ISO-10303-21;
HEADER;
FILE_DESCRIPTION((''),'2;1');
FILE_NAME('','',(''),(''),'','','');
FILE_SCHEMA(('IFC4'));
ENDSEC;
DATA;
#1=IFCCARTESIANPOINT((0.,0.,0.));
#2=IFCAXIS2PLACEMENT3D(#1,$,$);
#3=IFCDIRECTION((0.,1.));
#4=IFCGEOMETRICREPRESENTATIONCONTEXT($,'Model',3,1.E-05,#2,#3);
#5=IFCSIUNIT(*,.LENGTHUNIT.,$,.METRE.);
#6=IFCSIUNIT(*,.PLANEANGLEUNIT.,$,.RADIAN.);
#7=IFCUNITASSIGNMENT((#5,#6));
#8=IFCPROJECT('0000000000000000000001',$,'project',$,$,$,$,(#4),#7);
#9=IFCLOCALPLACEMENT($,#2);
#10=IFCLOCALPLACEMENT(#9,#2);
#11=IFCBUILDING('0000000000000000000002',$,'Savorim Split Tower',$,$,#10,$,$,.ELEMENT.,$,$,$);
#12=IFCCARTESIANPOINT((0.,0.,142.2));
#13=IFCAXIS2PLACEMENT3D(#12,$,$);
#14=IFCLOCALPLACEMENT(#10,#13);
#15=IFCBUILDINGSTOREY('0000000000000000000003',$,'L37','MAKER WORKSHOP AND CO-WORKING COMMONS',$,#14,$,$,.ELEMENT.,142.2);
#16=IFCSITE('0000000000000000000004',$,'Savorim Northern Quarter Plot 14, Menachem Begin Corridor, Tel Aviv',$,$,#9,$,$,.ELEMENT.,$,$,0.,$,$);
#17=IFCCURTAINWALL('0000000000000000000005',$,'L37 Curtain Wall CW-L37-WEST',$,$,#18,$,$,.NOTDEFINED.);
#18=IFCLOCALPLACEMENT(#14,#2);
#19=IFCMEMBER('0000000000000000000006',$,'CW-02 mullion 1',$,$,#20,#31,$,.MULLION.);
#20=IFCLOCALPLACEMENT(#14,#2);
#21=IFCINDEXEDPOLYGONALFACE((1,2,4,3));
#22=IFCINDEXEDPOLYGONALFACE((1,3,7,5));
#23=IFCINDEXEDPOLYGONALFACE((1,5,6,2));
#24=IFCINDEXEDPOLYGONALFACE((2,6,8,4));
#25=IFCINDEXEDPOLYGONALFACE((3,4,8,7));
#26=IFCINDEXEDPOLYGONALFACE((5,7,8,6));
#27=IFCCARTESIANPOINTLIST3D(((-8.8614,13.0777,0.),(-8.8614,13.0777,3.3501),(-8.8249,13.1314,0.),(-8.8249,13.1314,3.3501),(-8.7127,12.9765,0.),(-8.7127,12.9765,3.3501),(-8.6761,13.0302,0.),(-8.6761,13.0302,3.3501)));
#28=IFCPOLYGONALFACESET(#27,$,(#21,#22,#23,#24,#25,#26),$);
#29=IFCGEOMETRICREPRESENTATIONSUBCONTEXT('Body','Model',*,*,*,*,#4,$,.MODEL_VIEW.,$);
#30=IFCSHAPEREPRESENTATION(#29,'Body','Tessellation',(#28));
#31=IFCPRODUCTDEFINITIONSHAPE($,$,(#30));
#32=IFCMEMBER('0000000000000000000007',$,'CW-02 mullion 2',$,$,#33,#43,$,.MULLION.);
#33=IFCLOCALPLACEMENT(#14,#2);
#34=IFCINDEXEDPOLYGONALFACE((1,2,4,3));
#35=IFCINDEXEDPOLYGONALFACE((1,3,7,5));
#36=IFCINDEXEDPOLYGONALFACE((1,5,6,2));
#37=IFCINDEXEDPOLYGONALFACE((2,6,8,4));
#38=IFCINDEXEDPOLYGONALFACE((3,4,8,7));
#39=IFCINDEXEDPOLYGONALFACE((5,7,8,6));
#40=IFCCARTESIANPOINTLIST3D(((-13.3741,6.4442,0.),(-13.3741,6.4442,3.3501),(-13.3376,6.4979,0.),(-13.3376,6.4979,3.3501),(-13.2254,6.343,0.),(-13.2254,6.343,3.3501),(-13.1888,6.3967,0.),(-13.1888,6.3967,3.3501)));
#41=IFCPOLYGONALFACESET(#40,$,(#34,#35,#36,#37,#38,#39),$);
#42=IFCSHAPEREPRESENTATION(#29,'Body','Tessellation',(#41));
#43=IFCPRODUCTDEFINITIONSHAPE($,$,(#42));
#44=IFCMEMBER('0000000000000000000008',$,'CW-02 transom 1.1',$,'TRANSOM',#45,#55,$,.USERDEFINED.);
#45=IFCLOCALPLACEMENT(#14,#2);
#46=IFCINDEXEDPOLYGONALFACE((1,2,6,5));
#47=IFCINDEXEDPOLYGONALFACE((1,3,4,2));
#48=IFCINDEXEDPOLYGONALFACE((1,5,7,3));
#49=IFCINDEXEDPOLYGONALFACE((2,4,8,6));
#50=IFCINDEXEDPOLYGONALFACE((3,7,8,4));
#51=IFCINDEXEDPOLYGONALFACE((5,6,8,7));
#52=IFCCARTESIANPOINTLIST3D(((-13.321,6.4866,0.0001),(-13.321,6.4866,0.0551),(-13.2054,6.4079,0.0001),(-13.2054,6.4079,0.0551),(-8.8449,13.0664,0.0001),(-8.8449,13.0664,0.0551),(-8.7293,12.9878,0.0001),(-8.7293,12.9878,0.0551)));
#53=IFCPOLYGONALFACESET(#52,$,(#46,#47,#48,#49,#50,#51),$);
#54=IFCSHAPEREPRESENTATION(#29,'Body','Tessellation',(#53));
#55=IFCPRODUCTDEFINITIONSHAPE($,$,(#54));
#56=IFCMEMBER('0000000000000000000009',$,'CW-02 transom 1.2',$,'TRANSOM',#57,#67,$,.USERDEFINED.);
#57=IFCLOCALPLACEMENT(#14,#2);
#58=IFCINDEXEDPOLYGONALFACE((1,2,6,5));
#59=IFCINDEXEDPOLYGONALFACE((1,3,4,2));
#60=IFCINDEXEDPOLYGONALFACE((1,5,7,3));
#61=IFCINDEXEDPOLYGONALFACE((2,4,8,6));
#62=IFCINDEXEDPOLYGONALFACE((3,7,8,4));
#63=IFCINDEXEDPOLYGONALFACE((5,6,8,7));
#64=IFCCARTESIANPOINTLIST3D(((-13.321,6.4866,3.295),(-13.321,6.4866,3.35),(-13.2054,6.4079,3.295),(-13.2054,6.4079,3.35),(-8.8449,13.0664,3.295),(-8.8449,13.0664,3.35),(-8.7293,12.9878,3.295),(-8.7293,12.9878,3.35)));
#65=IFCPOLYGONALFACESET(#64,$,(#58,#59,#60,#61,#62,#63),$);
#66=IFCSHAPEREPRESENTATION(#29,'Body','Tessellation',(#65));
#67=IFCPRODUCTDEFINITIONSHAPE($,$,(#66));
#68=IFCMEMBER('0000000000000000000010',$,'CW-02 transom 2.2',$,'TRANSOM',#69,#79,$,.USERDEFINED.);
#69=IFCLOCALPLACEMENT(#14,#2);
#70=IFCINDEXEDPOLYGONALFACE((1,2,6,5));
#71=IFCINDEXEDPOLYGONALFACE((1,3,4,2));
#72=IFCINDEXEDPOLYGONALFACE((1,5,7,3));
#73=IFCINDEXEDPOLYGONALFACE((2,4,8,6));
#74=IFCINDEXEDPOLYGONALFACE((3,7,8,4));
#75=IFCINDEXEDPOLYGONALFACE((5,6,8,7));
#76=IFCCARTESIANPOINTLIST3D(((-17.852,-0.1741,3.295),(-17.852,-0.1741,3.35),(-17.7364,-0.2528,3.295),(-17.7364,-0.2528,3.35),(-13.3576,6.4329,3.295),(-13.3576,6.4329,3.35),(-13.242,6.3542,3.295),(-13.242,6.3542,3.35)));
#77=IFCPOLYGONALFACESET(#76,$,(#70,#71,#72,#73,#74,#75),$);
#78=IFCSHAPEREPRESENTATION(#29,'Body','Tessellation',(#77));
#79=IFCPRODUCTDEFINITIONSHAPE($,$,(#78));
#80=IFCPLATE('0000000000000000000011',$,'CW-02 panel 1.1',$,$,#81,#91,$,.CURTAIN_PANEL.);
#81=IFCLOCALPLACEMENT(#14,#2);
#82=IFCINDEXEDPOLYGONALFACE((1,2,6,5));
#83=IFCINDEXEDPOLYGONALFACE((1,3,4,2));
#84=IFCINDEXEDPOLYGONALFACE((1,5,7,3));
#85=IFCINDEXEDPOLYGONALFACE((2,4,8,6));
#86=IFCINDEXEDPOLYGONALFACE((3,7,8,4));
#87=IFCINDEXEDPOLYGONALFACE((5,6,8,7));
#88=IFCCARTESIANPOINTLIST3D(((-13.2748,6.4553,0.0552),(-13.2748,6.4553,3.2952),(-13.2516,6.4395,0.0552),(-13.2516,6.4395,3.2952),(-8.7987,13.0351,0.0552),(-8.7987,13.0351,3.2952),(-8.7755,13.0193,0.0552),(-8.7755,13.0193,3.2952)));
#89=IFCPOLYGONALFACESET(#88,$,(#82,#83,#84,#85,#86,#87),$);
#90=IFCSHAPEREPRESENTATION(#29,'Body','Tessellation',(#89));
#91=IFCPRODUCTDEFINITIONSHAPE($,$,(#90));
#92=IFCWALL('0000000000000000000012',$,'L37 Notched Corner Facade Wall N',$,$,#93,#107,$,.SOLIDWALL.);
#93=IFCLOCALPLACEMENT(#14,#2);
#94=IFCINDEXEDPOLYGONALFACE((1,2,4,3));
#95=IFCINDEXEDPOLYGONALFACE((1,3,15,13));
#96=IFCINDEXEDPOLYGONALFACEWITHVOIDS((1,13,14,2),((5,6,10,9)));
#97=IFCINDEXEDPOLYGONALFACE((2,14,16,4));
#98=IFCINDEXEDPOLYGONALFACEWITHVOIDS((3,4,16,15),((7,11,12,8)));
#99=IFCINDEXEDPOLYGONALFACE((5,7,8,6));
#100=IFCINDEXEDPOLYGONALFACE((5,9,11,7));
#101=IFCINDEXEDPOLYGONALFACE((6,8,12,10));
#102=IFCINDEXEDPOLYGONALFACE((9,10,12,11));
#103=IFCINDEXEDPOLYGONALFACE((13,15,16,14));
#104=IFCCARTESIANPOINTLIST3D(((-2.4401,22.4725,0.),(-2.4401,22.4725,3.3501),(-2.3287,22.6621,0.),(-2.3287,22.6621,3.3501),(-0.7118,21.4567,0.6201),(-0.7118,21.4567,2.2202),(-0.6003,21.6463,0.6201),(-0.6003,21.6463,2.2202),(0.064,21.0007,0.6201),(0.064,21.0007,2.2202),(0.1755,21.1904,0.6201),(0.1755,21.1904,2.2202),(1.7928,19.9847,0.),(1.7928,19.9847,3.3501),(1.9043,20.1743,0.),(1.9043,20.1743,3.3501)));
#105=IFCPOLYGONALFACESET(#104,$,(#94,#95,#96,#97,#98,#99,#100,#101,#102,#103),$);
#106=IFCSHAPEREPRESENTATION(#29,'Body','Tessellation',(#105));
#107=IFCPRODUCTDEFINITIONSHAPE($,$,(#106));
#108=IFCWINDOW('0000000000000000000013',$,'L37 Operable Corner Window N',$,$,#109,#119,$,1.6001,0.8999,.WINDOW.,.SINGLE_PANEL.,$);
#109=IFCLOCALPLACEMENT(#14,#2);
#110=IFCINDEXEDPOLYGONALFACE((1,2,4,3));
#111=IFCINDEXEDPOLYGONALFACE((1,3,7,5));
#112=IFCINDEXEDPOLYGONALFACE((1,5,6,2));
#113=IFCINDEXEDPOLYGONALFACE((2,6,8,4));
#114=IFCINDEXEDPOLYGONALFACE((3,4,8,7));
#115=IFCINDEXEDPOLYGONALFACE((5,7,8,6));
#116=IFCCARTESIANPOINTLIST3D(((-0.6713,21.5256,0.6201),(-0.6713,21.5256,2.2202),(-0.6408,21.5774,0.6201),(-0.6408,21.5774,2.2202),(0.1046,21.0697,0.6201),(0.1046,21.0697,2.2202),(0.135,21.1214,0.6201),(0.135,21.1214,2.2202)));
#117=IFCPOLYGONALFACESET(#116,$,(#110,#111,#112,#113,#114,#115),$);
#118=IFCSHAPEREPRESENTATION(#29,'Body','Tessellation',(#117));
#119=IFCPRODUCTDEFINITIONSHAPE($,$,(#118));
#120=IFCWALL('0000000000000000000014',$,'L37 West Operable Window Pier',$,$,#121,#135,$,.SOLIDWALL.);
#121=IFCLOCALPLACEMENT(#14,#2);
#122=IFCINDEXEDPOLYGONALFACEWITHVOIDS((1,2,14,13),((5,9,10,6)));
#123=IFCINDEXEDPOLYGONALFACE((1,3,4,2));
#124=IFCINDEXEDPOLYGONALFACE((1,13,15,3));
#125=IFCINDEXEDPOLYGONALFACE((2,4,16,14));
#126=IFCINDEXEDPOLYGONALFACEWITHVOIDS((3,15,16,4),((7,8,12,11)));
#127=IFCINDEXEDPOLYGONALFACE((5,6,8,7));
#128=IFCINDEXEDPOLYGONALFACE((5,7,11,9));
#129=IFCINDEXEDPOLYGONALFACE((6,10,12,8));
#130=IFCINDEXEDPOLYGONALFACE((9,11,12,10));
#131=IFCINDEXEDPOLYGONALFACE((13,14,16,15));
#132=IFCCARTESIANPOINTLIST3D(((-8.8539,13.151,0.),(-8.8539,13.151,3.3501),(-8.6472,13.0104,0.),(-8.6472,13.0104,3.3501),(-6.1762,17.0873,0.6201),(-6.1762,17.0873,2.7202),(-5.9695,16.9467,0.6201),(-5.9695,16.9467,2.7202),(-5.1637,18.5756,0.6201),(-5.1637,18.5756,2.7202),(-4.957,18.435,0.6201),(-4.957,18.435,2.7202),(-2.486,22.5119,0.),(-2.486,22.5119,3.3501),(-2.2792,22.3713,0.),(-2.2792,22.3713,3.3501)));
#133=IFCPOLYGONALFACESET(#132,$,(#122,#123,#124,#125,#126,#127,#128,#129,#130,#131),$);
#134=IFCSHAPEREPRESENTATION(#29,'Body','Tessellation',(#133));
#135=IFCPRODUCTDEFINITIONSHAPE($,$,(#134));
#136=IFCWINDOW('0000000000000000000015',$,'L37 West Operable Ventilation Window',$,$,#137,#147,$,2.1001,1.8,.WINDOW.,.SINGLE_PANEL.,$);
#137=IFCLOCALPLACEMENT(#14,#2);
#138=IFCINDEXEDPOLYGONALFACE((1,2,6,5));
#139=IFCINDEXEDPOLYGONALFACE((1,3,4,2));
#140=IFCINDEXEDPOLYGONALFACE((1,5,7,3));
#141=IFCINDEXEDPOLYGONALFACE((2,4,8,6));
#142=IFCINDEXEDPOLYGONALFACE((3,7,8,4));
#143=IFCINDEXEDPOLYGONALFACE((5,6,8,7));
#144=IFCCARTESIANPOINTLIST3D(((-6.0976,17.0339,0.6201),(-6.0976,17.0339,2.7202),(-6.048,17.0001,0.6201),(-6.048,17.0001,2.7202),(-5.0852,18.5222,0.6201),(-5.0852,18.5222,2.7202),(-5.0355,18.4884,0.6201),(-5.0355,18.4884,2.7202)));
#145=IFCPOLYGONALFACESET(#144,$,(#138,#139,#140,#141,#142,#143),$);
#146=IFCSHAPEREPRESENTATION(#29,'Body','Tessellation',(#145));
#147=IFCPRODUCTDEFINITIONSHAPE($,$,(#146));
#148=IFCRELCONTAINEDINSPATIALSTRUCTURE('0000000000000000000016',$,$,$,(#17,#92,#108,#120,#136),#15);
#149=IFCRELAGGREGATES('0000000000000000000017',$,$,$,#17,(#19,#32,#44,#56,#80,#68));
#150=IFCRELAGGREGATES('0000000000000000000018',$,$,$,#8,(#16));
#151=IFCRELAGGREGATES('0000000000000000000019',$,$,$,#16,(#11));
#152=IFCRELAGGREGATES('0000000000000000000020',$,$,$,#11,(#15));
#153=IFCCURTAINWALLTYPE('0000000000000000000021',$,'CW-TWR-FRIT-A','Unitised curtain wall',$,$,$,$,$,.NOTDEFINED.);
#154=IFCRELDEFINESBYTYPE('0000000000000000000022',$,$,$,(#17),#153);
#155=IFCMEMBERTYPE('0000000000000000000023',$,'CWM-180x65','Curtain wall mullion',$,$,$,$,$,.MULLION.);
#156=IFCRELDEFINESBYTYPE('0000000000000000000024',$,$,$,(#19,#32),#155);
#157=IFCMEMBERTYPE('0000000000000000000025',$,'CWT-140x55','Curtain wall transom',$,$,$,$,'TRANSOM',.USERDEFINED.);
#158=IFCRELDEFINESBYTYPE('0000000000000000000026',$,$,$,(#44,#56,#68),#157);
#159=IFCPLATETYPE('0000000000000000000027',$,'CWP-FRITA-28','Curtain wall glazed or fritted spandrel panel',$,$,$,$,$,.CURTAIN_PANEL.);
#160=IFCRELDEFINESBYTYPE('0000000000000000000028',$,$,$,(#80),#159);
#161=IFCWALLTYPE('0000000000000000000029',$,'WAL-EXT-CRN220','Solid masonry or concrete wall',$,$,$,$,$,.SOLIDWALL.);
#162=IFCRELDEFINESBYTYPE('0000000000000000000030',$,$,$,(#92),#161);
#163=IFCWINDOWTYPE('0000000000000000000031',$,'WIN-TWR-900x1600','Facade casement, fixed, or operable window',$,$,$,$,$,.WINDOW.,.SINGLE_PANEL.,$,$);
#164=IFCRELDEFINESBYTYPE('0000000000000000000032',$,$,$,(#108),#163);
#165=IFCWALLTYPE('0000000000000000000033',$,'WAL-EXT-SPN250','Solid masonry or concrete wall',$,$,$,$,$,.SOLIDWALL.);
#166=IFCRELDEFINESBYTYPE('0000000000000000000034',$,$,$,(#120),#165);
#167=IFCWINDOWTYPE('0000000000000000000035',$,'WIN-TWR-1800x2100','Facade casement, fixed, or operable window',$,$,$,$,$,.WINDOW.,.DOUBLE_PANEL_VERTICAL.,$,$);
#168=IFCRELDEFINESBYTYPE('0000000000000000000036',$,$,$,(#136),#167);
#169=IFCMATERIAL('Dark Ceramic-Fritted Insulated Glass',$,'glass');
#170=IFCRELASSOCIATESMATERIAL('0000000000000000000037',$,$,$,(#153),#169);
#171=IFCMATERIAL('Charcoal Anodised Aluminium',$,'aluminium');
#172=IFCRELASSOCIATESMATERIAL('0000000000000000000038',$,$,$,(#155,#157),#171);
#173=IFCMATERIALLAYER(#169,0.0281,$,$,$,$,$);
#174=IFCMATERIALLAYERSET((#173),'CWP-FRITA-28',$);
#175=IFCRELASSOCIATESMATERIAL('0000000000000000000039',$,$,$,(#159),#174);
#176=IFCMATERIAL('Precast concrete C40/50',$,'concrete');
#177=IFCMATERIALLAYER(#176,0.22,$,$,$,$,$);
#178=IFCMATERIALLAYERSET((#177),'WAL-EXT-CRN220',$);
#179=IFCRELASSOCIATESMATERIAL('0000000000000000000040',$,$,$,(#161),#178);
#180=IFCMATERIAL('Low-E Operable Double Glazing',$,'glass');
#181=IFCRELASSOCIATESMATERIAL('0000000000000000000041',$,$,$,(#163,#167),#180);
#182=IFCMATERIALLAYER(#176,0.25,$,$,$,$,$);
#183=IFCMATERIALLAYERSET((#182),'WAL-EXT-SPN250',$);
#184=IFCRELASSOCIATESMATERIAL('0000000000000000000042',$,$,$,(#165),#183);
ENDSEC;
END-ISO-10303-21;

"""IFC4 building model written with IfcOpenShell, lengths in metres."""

from ifc_helpers import new_model, si_unit, direction, frame, frame_2d, origin, origin_2d, place, context, subcontext, project, spatial, rectangle, extrude, material, layer, layer_set, material_profile, profile_set, type_object, element, fill, aggregate, save


model = new_model("IFC4")

# Units and contexts
model_context = context("Model", 3, precision=1e-05, world=origin(), true_north=direction((0.0, 1.0)))
body_context = subcontext(model_context, "Body", "Model", "MODEL_VIEW")
ifc_project = project(units=[si_unit("LENGTHUNIT", "METRE"), si_unit("PLANEANGLEUNIT", "RADIAN")], contexts=[model_context])

# Site, building, storey
site_placement = place(None, origin())
site = spatial("IfcSite", under=ifc_project, at=site_placement, Name="Savorim Northern Quarter Plot 14, Menachem Begin Corridor, Tel Aviv", CompositionType="ELEMENT", RefElevation=0.0)
building_placement = place(site_placement, origin())
building = spatial("IfcBuilding", under=site, at=building_placement, Name="Savorim Split Tower", CompositionType="ELEMENT")
storey_placement = place(building_placement, frame((0.0, 0.0, 142.2)))
storey = spatial("IfcBuildingStorey", under=building, at=storey_placement, Name="L37", Description="MAKER WORKSHOP AND CO-WORKING COMMONS", CompositionType="ELEMENT", Elevation=142.2)

# Curtain wall, members, plate
ifc_material_1 = material(Name="Dark Ceramic-Fritted Insulated Glass", Category="glass")
curtain_wall_type = type_object("IfcCurtainWallType", Name="CW-TWR-FRIT-A", Description="Unitised curtain wall", PredefinedType="NOTDEFINED", material=ifc_material_1)
curtain_wall_placement = place(storey_placement, origin())
curtain_wall = element("IfcCurtainWall", 1, at=curtain_wall_placement, inside=storey, type_object=curtain_wall_type, Name="L37 Curtain Wall CW-L37-WEST", PredefinedType="NOTDEFINED")
ifc_material_2 = material(Name="Charcoal Anodised Aluminium", Category="aluminium")
ifc_material_profile_1 = material_profile(ifc_material_2, rectangle(XDim=0.1799, YDim=0.0649, at=origin_2d()), Name="ALU-M 180x65")
ifc_profile_set_1 = profile_set([ifc_material_profile_1], Name="Charcoal Anodised Aluminium")
member_type_1 = type_object("IfcMemberType", Name="CWM-180x65", Description="Curtain wall mullion", PredefinedType="MULLION", material=ifc_profile_set_1)
member_1_placement = place(storey_placement, frame((-8.7688, 13.054, 0.0), z_axis=(0.0, 0.0, 1.0), x_axis=(0.82682, -0.562466, 0.0)))
member_1 = element("IfcMember", 2, at=member_1_placement, type_object=member_type_1, Name="CW-02 mullion 1", PredefinedType="MULLION", context=body_context, shape_type="SweptSolid", body=[
    extrude(rectangle(XDim=0.1799, YDim=0.0649, at=origin_2d()), origin(), (0.0, 0.0, 1.0), 3.3501),
])
member_2_placement = place(storey_placement, frame((-13.2815, 6.4204, 0.0), z_axis=(0.0, 0.0, 1.0), x_axis=(0.82682, -0.562466, 0.0)))
member_2 = element("IfcMember", 3, at=member_2_placement, type_object=member_type_1, Name="CW-02 mullion 2", PredefinedType="MULLION", context=body_context, shape_type="SweptSolid", body=[
    extrude(rectangle(XDim=0.1799, YDim=0.0649, at=origin_2d()), origin(), (0.0, 0.0, 1.0), 3.3501),
])
ifc_material_profile_2 = material_profile(ifc_material_2, rectangle(XDim=0.1399, YDim=0.0549, at=origin_2d()), Name="ALU-T 140x55")
ifc_profile_set_2 = profile_set([ifc_material_profile_2], Name="Charcoal Anodised Aluminium")
member_type_2 = type_object("IfcMemberType", Name="CWT-140x55", Description="Curtain wall transom", ElementType="TRANSOM", PredefinedType="USERDEFINED", material=ifc_profile_set_2)
member_3_placement = place(storey_placement, frame((-8.7871, 13.0271, 0.0276), z_axis=(-0.562464, -0.826822, 0.0), x_axis=(0.826822, -0.562464, 0.0)))
member_3 = element("IfcMember", 4, at=member_3_placement, type_object=member_type_2, Name="CW-02 transom 1.1", ObjectType="TRANSOM", PredefinedType="USERDEFINED", context=body_context, shape_type="SweptSolid", body=[
    extrude(rectangle(XDim=0.1399, YDim=0.0549, at=origin_2d()), origin(), (0.0, 0.0, 1.0), 7.958),
])
member_4_placement = place(storey_placement, frame((-8.7871, 13.0271, 3.3225), z_axis=(-0.562464, -0.826822, 0.0), x_axis=(0.826822, -0.562464, 0.0)))
member_4 = element("IfcMember", 5, at=member_4_placement, type_object=member_type_2, Name="CW-02 transom 1.2", ObjectType="TRANSOM", PredefinedType="USERDEFINED", context=body_context, shape_type="SweptSolid", body=[
    extrude(rectangle(XDim=0.1399, YDim=0.0549, at=origin_2d()), origin(), (0.0, 0.0, 1.0), 7.958),
])
member_5_placement = place(storey_placement, frame((-13.2998, 6.3936, 3.3225), z_axis=(-0.562453, -0.826829, 0.0), x_axis=(0.826829, -0.562453, 0.0)))
member_5 = element("IfcMember", 6, at=member_5_placement, type_object=member_type_2, Name="CW-02 transom 2.2", ObjectType="TRANSOM", PredefinedType="USERDEFINED", context=body_context, shape_type="SweptSolid", body=[
    extrude(rectangle(XDim=0.1399, YDim=0.0549, at=origin_2d()), origin(), (0.0, 0.0, 1.0), 7.9907),
])
ifc_layer_1 = layer(ifc_material_1, 0.0281)
ifc_layer_set_1 = layer_set([ifc_layer_1], Name="CWP-FRITA-28")
plate_type = type_object("IfcPlateType", Name="CWP-FRITA-28", Description="Curtain wall glazed or fritted spandrel panel", PredefinedType="CURTAIN_PANEL", material=ifc_layer_set_1)
plate_placement = place(storey_placement, frame((-11.0251, 9.7373, 0.0552), z_axis=(0.0, 0.0, 1.0), x_axis=(-0.562466, -0.82682, 0.0)))
plate = element("IfcPlate", 7, at=plate_placement, type_object=plate_type, Name="CW-02 panel 1.1", PredefinedType="CURTAIN_PANEL", context=body_context, shape_type="SweptSolid", body=[
    extrude(rectangle(XDim=7.958, YDim=0.0281, at=origin_2d()), origin(), (0.0, 0.0, 1.0), 3.24),
])
aggregate(curtain_wall, [member_1, member_2, member_3, member_4, plate, member_5])

# Walls, openings, windows
ifc_material_3 = material(Name="Precast concrete C40/50", Category="concrete")
ifc_layer_2 = layer(ifc_material_3, 0.22)
ifc_layer_set_2 = layer_set([ifc_layer_2], Name="WAL-EXT-CRN220")
wall_type_1 = type_object("IfcWallType", Name="WAL-EXT-CRN220", Description="Solid masonry or concrete wall", PredefinedType="SOLIDWALL", material=ifc_layer_set_2)
wall_1_placement = place(storey_placement, frame((-2.3845, 22.5674, 0.0), z_axis=(0.0, 0.0, 1.0), x_axis=(0.862126, -0.506694, 0.0)))
wall_1 = element("IfcWall", 8, at=wall_1_placement, inside=storey, type_object=wall_type_1, Name="L37 Notched Corner Facade Wall N", PredefinedType="SOLIDWALL", context=body_context, shape_type="SweptSolid", body=[
    extrude(rectangle(XDim=4.9099, YDim=0.22, at=frame_2d((2.4551, 0.0))), origin(), (0.0, 0.0, 1.0), 3.3501),
])
opening_1_placement = place(wall_1_placement, frame((2.0049, 0.0, 0.6201)))
opening_1 = element("IfcOpeningElement", 9, at=opening_1_placement, cuts=wall_1, PredefinedType="OPENING", context=body_context, shape_type="SweptSolid", body=[
    extrude(rectangle(XDim=0.8999, YDim=1.6001, at=frame_2d((0.45, 0.8))), frame((0.0, 0.1199, 0.0), z_axis=(0.0, -1.0, 0.0), x_axis=(1.0, 0.0, 0.0)), (0.0, 0.0, 1.0), 0.24),
])
ifc_material_4 = material(Name="Low-E Operable Double Glazing", Category="glass")
window_type_1 = type_object("IfcWindowType", Name="WIN-TWR-900x1600", Description="Facade casement, fixed, or operable window", PartitioningType="SINGLE_PANEL", PredefinedType="WINDOW", material=ifc_material_4)
window_1_placement = place(opening_1_placement, origin())
window_1 = element("IfcWindow", 10, at=window_1_placement, inside=storey, type_object=window_type_1, Name="L37 Operable Corner Window N", OverallHeight=1.6001, OverallWidth=0.8999, PartitioningType="SINGLE_PANEL", PredefinedType="WINDOW", context=body_context, shape_type="SweptSolid", body=[
    extrude(rectangle(XDim=0.8999, YDim=1.6001, at=frame_2d((0.45, 0.8))), frame((0.0, 0.03, 0.0), z_axis=(0.0, -1.0, 0.0), x_axis=(1.0, 0.0, 0.0)), (0.0, 0.0, 1.0), 0.0601),
])
fill(opening_1, window_1)
ifc_layer_3 = layer(ifc_material_3, 0.25)
ifc_layer_set_3 = layer_set([ifc_layer_3], Name="WAL-EXT-SPN250")
wall_type_2 = type_object("IfcWallType", Name="WAL-EXT-SPN250", Description="Solid masonry or concrete wall", PredefinedType="SOLIDWALL", material=ifc_layer_set_3)
wall_2_placement = place(storey_placement, frame((-8.7505, 13.0808, 0.0), z_axis=(0.0, 0.0, 1.0), x_axis=(0.562464, 0.826822, 0.0)))
wall_2 = element("IfcWall", 11, at=wall_2_placement, inside=storey, type_object=wall_type_2, Name="L37 West Operable Window Pier", PredefinedType="SOLIDWALL", context=body_context, shape_type="SweptSolid", body=[
    extrude(rectangle(XDim=11.3215, YDim=0.25, at=frame_2d((5.6606, 0.0))), origin(), (0.0, 0.0, 1.0), 3.3501),
])
opening_2_placement = place(wall_2_placement, frame((4.7607, 0.0, 0.6201)))
opening_2 = element("IfcOpeningElement", 12, at=opening_2_placement, cuts=wall_2, PredefinedType="OPENING", context=body_context, shape_type="SweptSolid", body=[
    extrude(rectangle(XDim=1.8, YDim=2.1001, at=frame_2d((0.8999, 1.05))), frame((0.0, 0.135, 0.0), z_axis=(0.0, -1.0, 0.0), x_axis=(1.0, 0.0, 0.0)), (0.0, 0.0, 1.0), 0.27),
])
window_type_2 = type_object("IfcWindowType", Name="WIN-TWR-1800x2100", Description="Facade casement, fixed, or operable window", PartitioningType="DOUBLE_PANEL_VERTICAL", PredefinedType="WINDOW", material=ifc_material_4)
window_2_placement = place(opening_2_placement, origin())
window_2 = element("IfcWindow", 13, at=window_2_placement, inside=storey, type_object=window_type_2, Name="L37 West Operable Ventilation Window", OverallHeight=2.1001, OverallWidth=1.8, PartitioningType="SINGLE_PANEL", PredefinedType="WINDOW", context=body_context, shape_type="SweptSolid", body=[
    extrude(rectangle(XDim=1.8, YDim=2.1001, at=frame_2d((0.8999, 1.05))), frame((0.0, 0.03, 0.0), z_axis=(0.0, -1.0, 0.0), x_axis=(1.0, 0.0, 0.0)), (0.0, 0.0, 1.0), 0.0601),
])
fill(opening_2, window_2)

save(model, "model.ifc")
